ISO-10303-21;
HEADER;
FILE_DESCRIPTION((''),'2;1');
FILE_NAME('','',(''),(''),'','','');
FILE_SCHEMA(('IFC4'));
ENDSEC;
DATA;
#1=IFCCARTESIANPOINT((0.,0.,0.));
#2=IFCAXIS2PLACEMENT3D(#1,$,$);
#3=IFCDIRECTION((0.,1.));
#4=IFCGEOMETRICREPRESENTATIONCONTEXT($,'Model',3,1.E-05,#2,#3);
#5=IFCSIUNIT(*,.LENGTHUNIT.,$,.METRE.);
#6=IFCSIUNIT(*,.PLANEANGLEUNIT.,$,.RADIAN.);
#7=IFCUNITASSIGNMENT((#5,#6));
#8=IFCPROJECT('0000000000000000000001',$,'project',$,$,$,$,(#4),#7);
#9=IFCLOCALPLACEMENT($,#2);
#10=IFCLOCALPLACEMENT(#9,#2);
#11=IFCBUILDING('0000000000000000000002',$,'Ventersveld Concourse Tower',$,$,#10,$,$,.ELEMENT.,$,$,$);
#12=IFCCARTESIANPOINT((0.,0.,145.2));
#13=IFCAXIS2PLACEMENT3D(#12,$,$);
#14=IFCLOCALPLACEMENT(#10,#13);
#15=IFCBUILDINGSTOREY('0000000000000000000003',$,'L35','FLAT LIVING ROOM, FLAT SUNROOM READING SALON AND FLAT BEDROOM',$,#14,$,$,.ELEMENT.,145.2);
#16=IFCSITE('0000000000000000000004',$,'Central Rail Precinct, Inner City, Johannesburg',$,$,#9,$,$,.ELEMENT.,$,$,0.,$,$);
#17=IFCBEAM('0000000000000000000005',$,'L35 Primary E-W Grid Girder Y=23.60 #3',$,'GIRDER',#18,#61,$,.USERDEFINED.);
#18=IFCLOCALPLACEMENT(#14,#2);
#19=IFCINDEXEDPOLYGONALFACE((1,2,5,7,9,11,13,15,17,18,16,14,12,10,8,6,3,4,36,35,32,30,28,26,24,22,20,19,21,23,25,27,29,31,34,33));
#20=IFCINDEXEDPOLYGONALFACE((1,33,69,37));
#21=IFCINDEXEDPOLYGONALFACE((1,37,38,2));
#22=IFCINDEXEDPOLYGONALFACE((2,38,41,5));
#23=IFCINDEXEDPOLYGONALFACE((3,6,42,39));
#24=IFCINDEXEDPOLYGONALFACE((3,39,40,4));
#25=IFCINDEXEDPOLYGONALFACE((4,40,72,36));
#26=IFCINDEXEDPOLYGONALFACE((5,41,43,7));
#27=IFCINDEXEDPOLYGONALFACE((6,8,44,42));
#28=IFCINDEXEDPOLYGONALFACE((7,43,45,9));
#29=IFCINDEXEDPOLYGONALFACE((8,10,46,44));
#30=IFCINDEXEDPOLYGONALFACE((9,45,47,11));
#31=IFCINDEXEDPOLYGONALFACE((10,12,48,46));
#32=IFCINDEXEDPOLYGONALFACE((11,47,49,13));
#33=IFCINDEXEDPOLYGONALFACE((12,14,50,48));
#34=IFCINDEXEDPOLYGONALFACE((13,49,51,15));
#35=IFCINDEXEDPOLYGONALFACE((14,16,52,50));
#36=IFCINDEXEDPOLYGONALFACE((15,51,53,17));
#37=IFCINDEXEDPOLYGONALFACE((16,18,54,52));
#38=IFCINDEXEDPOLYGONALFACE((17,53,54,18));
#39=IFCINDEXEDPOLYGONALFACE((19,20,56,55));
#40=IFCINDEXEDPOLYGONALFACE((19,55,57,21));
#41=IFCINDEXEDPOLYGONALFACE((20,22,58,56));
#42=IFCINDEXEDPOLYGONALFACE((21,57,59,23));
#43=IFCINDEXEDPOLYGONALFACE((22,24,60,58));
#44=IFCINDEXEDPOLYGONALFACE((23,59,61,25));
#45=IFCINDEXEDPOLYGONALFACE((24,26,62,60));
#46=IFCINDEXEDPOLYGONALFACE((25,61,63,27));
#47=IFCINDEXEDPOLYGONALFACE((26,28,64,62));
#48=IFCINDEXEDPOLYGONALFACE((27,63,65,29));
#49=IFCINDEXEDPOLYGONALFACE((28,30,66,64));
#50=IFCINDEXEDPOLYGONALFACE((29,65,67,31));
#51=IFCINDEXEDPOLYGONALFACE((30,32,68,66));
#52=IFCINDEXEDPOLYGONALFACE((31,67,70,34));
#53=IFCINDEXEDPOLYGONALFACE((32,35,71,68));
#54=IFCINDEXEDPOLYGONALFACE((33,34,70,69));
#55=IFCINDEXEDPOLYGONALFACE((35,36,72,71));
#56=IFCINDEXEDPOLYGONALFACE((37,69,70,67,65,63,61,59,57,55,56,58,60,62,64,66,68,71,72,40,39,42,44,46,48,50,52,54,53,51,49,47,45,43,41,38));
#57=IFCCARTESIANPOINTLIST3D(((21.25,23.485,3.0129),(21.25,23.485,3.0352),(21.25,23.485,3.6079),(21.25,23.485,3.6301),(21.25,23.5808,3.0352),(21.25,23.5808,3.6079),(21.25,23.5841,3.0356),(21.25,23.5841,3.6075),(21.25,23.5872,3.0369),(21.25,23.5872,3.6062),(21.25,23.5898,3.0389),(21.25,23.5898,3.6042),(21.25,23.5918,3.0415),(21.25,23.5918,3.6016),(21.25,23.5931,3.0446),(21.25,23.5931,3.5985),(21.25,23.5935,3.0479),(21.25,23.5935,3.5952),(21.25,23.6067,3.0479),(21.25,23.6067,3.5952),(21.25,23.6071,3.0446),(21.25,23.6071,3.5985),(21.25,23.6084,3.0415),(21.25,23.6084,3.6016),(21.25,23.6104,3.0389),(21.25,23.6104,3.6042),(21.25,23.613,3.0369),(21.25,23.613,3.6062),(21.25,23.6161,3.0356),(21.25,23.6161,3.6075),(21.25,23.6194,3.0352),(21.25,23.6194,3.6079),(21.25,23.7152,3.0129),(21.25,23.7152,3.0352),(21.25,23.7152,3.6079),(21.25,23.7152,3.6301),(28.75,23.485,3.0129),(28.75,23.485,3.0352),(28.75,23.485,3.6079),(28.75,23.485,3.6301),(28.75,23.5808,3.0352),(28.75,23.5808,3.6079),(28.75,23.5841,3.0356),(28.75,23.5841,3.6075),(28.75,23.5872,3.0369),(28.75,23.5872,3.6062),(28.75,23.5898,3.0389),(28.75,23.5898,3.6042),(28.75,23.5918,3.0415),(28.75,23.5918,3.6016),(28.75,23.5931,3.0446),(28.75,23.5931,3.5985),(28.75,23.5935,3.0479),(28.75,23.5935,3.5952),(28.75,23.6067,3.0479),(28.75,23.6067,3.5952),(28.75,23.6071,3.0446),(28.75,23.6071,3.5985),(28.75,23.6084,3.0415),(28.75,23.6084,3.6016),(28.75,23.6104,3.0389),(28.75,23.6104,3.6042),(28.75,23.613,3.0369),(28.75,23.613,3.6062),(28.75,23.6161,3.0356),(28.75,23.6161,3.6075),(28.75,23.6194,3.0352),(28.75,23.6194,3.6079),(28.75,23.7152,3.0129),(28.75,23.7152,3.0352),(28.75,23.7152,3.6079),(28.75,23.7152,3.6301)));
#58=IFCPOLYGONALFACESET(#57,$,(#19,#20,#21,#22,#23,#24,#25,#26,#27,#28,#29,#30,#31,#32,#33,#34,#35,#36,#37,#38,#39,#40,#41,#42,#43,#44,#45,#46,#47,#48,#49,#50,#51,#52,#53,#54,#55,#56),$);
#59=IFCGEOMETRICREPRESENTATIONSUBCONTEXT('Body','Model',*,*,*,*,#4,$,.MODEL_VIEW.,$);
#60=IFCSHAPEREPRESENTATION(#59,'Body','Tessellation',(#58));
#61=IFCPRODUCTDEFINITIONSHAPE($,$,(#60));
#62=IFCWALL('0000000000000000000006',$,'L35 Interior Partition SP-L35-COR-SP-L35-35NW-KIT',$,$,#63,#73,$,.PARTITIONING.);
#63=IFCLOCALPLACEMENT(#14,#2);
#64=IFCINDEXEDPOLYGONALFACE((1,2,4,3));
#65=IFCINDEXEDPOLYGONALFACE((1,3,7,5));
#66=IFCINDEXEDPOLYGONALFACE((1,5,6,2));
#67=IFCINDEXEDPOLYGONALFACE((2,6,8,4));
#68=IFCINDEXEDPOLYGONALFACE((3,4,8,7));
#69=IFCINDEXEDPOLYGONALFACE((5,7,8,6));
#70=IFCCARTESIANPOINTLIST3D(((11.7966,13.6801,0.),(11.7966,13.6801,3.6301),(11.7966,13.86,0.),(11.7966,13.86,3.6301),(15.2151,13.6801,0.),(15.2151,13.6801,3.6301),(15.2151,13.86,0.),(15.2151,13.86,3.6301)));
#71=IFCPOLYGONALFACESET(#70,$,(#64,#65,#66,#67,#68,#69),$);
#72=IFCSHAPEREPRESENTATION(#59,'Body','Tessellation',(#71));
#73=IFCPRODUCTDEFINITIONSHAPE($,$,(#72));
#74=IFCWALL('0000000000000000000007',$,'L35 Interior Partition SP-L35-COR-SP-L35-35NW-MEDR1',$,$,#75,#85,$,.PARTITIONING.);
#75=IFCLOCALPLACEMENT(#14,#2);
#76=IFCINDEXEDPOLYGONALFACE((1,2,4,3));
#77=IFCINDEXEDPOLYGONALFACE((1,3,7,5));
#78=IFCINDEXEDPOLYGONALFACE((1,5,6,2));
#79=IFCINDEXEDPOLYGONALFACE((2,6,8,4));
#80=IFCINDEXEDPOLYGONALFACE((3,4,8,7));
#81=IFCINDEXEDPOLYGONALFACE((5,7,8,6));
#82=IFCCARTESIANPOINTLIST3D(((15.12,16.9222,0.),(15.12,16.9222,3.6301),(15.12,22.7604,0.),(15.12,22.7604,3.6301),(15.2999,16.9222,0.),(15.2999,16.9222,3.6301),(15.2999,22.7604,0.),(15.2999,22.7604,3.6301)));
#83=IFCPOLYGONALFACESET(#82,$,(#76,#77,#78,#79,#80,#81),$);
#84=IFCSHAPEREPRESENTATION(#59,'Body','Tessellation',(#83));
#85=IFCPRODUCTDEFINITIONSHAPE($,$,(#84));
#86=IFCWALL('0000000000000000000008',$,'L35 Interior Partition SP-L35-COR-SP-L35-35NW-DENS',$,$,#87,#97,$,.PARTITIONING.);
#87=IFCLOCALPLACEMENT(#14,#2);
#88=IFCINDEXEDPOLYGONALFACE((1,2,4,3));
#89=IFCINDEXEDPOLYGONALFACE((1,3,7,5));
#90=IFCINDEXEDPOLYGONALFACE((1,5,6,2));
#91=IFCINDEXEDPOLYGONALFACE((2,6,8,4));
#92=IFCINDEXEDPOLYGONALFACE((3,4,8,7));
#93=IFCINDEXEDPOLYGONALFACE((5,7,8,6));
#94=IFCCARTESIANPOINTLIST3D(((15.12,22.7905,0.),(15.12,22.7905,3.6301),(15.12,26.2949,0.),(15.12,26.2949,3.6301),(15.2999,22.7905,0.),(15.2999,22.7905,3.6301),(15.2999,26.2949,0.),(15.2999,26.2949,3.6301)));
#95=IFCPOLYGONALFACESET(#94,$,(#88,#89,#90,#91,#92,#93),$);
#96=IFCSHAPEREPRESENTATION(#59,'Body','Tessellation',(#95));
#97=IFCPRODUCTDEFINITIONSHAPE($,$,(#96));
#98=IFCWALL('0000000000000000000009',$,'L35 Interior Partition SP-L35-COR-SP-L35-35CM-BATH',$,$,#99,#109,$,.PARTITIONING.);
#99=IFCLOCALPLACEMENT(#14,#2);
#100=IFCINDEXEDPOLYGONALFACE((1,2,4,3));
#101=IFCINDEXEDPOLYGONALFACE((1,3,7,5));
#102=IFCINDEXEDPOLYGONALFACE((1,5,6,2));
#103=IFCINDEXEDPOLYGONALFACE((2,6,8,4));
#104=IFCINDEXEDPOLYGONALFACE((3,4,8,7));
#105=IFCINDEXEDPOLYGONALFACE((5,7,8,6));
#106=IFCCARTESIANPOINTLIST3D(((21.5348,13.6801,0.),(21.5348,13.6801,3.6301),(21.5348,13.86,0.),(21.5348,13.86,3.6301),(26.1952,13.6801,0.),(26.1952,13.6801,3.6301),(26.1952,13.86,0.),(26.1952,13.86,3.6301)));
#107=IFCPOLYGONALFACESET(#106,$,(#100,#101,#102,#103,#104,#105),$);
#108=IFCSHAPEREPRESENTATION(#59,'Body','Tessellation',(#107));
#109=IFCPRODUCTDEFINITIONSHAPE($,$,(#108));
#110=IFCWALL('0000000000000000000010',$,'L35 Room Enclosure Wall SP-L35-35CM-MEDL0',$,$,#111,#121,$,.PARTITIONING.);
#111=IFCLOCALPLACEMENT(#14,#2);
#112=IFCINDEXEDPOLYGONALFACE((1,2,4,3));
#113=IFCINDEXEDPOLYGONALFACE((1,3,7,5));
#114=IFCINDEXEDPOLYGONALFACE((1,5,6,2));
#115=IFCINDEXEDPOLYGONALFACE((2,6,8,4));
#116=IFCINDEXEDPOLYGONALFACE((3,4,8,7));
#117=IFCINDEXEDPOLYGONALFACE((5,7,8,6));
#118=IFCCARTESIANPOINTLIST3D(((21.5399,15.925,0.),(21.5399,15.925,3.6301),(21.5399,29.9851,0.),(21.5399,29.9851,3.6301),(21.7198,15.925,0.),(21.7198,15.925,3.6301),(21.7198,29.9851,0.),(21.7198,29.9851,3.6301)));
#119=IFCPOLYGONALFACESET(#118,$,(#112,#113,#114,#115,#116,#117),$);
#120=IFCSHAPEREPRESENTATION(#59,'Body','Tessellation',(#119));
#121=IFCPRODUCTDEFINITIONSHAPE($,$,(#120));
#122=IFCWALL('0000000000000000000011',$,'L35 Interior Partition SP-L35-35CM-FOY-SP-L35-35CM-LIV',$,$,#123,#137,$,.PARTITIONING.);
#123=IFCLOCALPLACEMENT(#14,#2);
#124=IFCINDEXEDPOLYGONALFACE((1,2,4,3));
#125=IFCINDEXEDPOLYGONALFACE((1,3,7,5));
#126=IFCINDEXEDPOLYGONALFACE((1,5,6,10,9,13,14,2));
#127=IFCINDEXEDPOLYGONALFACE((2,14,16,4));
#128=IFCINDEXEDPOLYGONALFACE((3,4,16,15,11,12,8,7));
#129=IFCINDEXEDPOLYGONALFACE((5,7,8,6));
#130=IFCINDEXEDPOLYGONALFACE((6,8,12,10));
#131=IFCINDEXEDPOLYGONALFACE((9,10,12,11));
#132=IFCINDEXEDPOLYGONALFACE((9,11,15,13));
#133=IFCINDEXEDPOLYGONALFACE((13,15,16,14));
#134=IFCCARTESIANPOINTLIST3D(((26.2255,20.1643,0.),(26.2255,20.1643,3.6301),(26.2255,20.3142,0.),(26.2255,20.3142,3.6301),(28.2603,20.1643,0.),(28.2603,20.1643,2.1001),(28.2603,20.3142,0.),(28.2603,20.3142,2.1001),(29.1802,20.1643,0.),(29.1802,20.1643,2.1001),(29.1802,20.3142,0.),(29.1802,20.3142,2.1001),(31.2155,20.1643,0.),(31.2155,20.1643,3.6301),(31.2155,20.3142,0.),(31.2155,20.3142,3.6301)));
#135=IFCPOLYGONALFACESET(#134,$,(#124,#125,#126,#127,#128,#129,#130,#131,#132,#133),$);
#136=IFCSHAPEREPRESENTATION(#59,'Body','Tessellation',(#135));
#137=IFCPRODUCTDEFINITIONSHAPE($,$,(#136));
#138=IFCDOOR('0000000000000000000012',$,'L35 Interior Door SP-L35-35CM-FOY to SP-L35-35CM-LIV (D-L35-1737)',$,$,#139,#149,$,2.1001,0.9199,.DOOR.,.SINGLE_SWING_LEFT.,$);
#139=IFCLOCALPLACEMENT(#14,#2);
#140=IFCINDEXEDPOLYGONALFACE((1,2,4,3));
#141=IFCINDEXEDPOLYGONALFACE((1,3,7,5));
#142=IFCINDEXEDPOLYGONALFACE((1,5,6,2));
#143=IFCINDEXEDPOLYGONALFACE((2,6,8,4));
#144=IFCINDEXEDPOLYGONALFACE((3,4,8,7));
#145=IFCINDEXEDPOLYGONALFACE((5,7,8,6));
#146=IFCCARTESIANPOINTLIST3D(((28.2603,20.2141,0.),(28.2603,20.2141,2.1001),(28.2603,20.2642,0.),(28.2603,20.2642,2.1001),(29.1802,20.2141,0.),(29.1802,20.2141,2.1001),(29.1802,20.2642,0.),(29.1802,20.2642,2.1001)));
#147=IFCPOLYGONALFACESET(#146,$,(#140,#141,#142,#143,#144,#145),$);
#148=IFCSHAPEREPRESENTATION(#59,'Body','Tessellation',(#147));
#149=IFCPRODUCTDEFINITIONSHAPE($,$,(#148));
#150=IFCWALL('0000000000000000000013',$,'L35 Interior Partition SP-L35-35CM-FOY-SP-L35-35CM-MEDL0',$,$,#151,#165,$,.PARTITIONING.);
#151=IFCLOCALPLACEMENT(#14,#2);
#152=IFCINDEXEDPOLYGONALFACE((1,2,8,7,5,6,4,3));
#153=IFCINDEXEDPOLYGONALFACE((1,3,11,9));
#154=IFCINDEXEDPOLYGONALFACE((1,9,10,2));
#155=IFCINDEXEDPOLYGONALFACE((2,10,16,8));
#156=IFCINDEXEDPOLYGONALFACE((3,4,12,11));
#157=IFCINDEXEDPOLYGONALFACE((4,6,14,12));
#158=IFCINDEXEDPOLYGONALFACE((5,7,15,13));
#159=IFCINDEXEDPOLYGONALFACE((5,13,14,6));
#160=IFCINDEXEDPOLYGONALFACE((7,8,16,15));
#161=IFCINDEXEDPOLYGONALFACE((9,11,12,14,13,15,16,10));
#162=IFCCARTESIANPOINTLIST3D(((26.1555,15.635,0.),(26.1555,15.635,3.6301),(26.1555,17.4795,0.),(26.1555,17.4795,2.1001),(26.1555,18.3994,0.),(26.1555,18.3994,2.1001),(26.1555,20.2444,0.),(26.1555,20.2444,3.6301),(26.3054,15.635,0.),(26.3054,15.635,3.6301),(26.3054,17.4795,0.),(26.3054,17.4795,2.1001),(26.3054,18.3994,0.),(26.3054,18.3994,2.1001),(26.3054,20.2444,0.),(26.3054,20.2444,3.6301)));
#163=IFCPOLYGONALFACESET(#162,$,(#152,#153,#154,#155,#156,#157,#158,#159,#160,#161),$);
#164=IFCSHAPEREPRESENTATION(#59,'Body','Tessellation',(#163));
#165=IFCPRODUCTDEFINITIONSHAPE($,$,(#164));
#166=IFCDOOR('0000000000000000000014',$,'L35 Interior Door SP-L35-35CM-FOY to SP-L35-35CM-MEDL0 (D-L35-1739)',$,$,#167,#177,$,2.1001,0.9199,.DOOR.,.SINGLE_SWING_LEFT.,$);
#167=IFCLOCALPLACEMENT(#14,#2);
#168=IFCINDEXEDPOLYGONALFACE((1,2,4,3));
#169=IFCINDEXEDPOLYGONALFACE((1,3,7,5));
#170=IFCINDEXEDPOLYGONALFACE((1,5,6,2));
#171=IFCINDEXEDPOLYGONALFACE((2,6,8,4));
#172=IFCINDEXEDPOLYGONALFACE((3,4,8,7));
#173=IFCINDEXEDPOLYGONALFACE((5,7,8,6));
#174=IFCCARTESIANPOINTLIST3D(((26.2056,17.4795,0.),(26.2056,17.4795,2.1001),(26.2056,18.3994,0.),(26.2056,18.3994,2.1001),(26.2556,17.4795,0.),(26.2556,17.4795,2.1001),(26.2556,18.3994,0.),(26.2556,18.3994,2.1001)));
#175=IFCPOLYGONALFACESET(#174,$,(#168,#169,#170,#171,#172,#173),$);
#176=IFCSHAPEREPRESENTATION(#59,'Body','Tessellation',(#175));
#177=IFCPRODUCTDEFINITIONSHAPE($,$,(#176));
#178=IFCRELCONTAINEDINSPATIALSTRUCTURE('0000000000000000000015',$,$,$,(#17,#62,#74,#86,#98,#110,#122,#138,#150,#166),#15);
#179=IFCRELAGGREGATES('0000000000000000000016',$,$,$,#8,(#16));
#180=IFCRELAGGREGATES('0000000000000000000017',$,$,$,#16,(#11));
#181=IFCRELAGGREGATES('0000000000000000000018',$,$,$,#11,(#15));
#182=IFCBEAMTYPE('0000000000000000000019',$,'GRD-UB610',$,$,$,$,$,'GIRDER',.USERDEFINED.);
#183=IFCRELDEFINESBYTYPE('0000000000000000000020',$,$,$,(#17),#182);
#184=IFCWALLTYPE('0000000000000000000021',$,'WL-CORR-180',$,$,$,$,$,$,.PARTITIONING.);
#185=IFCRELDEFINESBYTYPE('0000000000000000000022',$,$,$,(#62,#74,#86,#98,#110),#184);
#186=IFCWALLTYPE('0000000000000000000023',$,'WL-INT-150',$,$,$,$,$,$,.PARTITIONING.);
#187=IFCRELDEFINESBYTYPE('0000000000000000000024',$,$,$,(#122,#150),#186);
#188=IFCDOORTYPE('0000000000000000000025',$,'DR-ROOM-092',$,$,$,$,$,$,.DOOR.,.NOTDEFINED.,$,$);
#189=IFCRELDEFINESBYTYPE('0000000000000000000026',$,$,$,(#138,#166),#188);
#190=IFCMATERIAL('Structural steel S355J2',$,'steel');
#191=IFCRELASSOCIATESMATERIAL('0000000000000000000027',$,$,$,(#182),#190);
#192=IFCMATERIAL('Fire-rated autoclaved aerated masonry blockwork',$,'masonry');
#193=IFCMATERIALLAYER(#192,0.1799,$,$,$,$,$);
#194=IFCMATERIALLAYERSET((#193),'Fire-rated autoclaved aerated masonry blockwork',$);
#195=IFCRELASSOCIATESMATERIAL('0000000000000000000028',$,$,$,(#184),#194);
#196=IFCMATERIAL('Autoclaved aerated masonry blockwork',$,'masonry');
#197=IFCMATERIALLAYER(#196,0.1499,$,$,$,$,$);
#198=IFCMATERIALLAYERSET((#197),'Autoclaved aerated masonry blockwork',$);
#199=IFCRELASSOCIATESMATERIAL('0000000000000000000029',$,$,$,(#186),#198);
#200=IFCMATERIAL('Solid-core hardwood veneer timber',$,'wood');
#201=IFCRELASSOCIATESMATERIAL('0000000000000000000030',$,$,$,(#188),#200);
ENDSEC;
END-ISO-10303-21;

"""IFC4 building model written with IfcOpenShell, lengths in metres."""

from ifc_helpers import new_model, si_unit, direction, frame, frame_2d, origin, origin_2d, place, context, subcontext, project, spatial, rectangle, i_section, extrude, material, layer, layer_set, material_profile, profile_set, type_object, element, fill, save


model = new_model("IFC4")

# Units and contexts
model_context = context("Model", 3, precision=1e-05, world=origin(), true_north=direction((0.0, 1.0)))
body_context = subcontext(model_context, "Body", "Model", "MODEL_VIEW")
ifc_project = project(units=[si_unit("LENGTHUNIT", "METRE"), si_unit("PLANEANGLEUNIT", "RADIAN")], contexts=[model_context])

# Site, building, storey
site_placement = place(None, origin())
site = spatial("IfcSite", under=ifc_project, at=site_placement, Name="Central Rail Precinct, Inner City, Johannesburg", CompositionType="ELEMENT", RefElevation=0.0)
building_placement = place(site_placement, origin())
building = spatial("IfcBuilding", under=site, at=building_placement, Name="Ventersveld Concourse Tower", CompositionType="ELEMENT")
storey_placement = place(building_placement, frame((0.0, 0.0, 145.2)))
storey = spatial("IfcBuildingStorey", under=building, at=storey_placement, Name="L35", Description="FLAT LIVING ROOM, FLAT SUNROOM READING SALON AND FLAT BEDROOM", CompositionType="ELEMENT", Elevation=145.2)

# Beam
ifc_material_1 = material(Name="Structural steel S355J2", Category="steel")
ifc_material_profile_1 = material_profile(ifc_material_1, i_section(OverallWidth=0.2302, OverallDepth=0.6172, WebThickness=0.0132, FlangeThickness=0.0222, FilletRadius=0.0127, at=origin_2d()), Name="UB 610x229x140")
ifc_profile_set_1 = profile_set([ifc_material_profile_1], Name="Structural steel S355J2")
beam_type_1 = type_object("IfcBeamType", Name="GRD-UB610", ElementType="GIRDER", PredefinedType="USERDEFINED", material=ifc_profile_set_1)
for number, where, z_axis, x_axis, name in (
    (1, (21.25, 23.6001, 3.3215), (1.0, 0.0, 0.0), (0.0, 1.0, 0.0), "L35 Primary E-W Grid Girder Y=23.60 #3"),
):
    element("IfcBeam", number, at=place(storey_placement, frame(where, z_axis=z_axis, x_axis=x_axis)), inside=storey, type_object=beam_type_1, Name=name, ObjectType="GIRDER", PredefinedType="USERDEFINED", context=body_context, shape_type="SweptSolid", body=[
        extrude(i_section(OverallWidth=0.2302, OverallDepth=0.6172, WebThickness=0.0132, FlangeThickness=0.0222, FilletRadius=0.0127, at=origin_2d()), origin(), (0.0, 0.0, 1.0), 7.5),
    ])

# Walls
ifc_material_2 = material(Name="Fire-rated autoclaved aerated masonry blockwork", Category="masonry")
ifc_layer_1 = layer(ifc_material_2, 0.1799)
ifc_layer_set_1 = layer_set([ifc_layer_1], Name="Fire-rated autoclaved aerated masonry blockwork")
wall_type_1 = type_object("IfcWallType", Name="WL-CORR-180", PredefinedType="PARTITIONING", material=ifc_layer_set_1)
wall_1_placement = place(storey_placement, frame((11.7966, 13.77, 0.0), z_axis=(0.0, 0.0, 1.0), x_axis=(1.0, 0.0, 0.0)))
element("IfcWall", 2, at=wall_1_placement, inside=storey, type_object=wall_type_1, Name="L35 Interior Partition SP-L35-COR-SP-L35-35NW-KIT", PredefinedType="PARTITIONING", context=body_context, shape_type="SweptSolid", body=[
    extrude(rectangle(XDim=3.4185, YDim=0.1799, at=frame_2d((1.7092, 0.0))), origin(), (0.0, 0.0, 1.0), 3.6301),
])
wall_2_placement = place(storey_placement, frame((15.21, 16.9224, 0.0), z_axis=(0.0, 0.0, 1.0), x_axis=(0.0, 1.0, 0.0)))
element("IfcWall", 3, at=wall_2_placement, inside=storey, type_object=wall_type_1, Name="L35 Interior Partition SP-L35-COR-SP-L35-35NW-MEDR1", PredefinedType="PARTITIONING", context=body_context, shape_type="SweptSolid", body=[
    extrude(rectangle(XDim=5.8381, YDim=0.1799, at=frame_2d((2.9189, 0.0))), origin(), (0.0, 0.0, 1.0), 3.6301),
])
wall_3_placement = place(storey_placement, frame((15.21, 22.7905, 0.0), z_axis=(0.0, 0.0, 1.0), x_axis=(0.0, 1.0, 0.0)))
element("IfcWall", 4, at=wall_3_placement, inside=storey, type_object=wall_type_1, Name="L35 Interior Partition SP-L35-COR-SP-L35-35NW-DENS", PredefinedType="PARTITIONING", context=body_context, shape_type="SweptSolid", body=[
    extrude(rectangle(XDim=3.5044, YDim=0.1799, at=frame_2d((1.7522, 0.0))), origin(), (0.0, 0.0, 1.0), 3.6301),
])

# Shared definitions
ifc_material_3 = material(Name="Solid-core hardwood veneer timber", Category="wood")

# Walls
wall_4_placement = place(storey_placement, frame((21.5349, 13.77, 0.0), z_axis=(0.0, 0.0, 1.0), x_axis=(1.0, 0.0, 0.0)))
element("IfcWall", 5, at=wall_4_placement, inside=storey, type_object=wall_type_1, Name="L35 Interior Partition SP-L35-COR-SP-L35-35CM-BATH", PredefinedType="PARTITIONING", context=body_context, shape_type="SweptSolid", body=[
    extrude(rectangle(XDim=4.6604, YDim=0.1799, at=frame_2d((2.3301, 0.0))), origin(), (0.0, 0.0, 1.0), 3.6301),
])
wall_5_placement = place(storey_placement, frame((21.6299, 15.925, 0.0), z_axis=(0.0, 0.0, 1.0), x_axis=(0.0, 1.0, 0.0)))
element("IfcWall", 6, at=wall_5_placement, inside=storey, type_object=wall_type_1, Name="L35 Room Enclosure Wall SP-L35-35CM-MEDL0", PredefinedType="PARTITIONING", context=body_context, shape_type="SweptSolid", body=[
    extrude(rectangle(XDim=14.0601, YDim=0.1799, at=frame_2d((7.03, 0.0))), origin(), (0.0, 0.0, 1.0), 3.6301),
])

# Walls, openings, doors
ifc_material_4 = material(Name="Autoclaved aerated masonry blockwork", Category="masonry")
ifc_layer_2 = layer(ifc_material_4, 0.1499)
ifc_layer_set_2 = layer_set([ifc_layer_2], Name="Autoclaved aerated masonry blockwork")
wall_type_2 = type_object("IfcWallType", Name="WL-INT-150", PredefinedType="PARTITIONING", material=ifc_layer_set_2)
wall_6_placement = place(storey_placement, frame((26.2253, 20.2393, 0.0), z_axis=(0.0, 0.0, 1.0), x_axis=(1.0, 0.0, 0.0)))
wall_6 = element("IfcWall", 7, at=wall_6_placement, inside=storey, type_object=wall_type_2, Name="L35 Interior Partition SP-L35-35CM-FOY-SP-L35-35CM-LIV", PredefinedType="PARTITIONING", context=body_context, shape_type="SweptSolid", body=[
    extrude(rectangle(XDim=4.99, YDim=0.1499, at=frame_2d((2.4951, 0.0))), origin(), (0.0, 0.0, 1.0), 3.6301),
])
opening_1_placement = place(wall_6_placement, frame((2.0349, 0.0, 0.0)))
opening_1 = element("IfcOpeningElement", 8, at=opening_1_placement, cuts=wall_6, PredefinedType="OPENING", context=body_context, shape_type="SweptSolid", body=[
    extrude(rectangle(XDim=0.9199, YDim=2.1001, at=frame_2d((0.46, 1.05))), frame((0.0, 0.085, 0.0), z_axis=(0.0, -1.0, 0.0), x_axis=(1.0, 0.0, 0.0)), (0.0, 0.0, 1.0), 0.1699),
])
door_type_1 = type_object("IfcDoorType", Name="DR-ROOM-092", OperationType="NOTDEFINED", PredefinedType="DOOR", material=ifc_material_3)
door_1_placement = place(opening_1_placement, origin())
door_1 = element("IfcDoor", 9, at=door_1_placement, inside=storey, type_object=door_type_1, Name="L35 Interior Door SP-L35-35CM-FOY to SP-L35-35CM-LIV (D-L35-1737)", OperationType="SINGLE_SWING_LEFT", OverallHeight=2.1001, OverallWidth=0.9199, PredefinedType="DOOR", context=body_context, shape_type="SweptSolid", body=[
    extrude(rectangle(XDim=0.9199, YDim=2.1001, at=frame_2d((0.46, 1.05))), frame((0.0, 0.0249, 0.0), z_axis=(0.0, -1.0, 0.0), x_axis=(1.0, 0.0, 0.0)), (0.0, 0.0, 1.0), 0.05),
])
fill(opening_1, door_1)
wall_7_placement = place(storey_placement, frame((26.2305, 15.635, 0.0), z_axis=(0.0, 0.0, 1.0), x_axis=(0.0, 1.0, 0.0)))
wall_7 = element("IfcWall", 10, at=wall_7_placement, inside=storey, type_object=wall_type_2, Name="L35 Interior Partition SP-L35-35CM-FOY-SP-L35-35CM-MEDL0", PredefinedType="PARTITIONING", context=body_context, shape_type="SweptSolid", body=[
    extrude(rectangle(XDim=4.6094, YDim=0.1499, at=frame_2d((2.3047, 0.0))), origin(), (0.0, 0.0, 1.0), 3.6301),
])
opening_2_placement = place(wall_7_placement, frame((1.8445, 0.0, 0.0)))
opening_2 = element("IfcOpeningElement", 11, at=opening_2_placement, cuts=wall_7, PredefinedType="OPENING", context=body_context, shape_type="SweptSolid", body=[
    extrude(rectangle(XDim=0.9199, YDim=2.1001, at=frame_2d((0.46, 1.05))), frame((0.0, 0.085, 0.0), z_axis=(0.0, -1.0, 0.0), x_axis=(1.0, 0.0, 0.0)), (0.0, 0.0, 1.0), 0.1699),
])
door_2_placement = place(opening_2_placement, origin())
door_2 = element("IfcDoor", 12, at=door_2_placement, inside=storey, type_object=door_type_1, Name="L35 Interior Door SP-L35-35CM-FOY to SP-L35-35CM-MEDL0 (D-L35-1739)", OperationType="SINGLE_SWING_LEFT", OverallHeight=2.1001, OverallWidth=0.9199, PredefinedType="DOOR", context=body_context, shape_type="SweptSolid", body=[
    extrude(rectangle(XDim=0.9199, YDim=2.1001, at=frame_2d((0.46, 1.05))), frame((0.0, 0.0249, 0.0), z_axis=(0.0, -1.0, 0.0), x_axis=(1.0, 0.0, 0.0)), (0.0, 0.0, 1.0), 0.05),
])
fill(opening_2, door_2)

save(model, "model.ifc")
